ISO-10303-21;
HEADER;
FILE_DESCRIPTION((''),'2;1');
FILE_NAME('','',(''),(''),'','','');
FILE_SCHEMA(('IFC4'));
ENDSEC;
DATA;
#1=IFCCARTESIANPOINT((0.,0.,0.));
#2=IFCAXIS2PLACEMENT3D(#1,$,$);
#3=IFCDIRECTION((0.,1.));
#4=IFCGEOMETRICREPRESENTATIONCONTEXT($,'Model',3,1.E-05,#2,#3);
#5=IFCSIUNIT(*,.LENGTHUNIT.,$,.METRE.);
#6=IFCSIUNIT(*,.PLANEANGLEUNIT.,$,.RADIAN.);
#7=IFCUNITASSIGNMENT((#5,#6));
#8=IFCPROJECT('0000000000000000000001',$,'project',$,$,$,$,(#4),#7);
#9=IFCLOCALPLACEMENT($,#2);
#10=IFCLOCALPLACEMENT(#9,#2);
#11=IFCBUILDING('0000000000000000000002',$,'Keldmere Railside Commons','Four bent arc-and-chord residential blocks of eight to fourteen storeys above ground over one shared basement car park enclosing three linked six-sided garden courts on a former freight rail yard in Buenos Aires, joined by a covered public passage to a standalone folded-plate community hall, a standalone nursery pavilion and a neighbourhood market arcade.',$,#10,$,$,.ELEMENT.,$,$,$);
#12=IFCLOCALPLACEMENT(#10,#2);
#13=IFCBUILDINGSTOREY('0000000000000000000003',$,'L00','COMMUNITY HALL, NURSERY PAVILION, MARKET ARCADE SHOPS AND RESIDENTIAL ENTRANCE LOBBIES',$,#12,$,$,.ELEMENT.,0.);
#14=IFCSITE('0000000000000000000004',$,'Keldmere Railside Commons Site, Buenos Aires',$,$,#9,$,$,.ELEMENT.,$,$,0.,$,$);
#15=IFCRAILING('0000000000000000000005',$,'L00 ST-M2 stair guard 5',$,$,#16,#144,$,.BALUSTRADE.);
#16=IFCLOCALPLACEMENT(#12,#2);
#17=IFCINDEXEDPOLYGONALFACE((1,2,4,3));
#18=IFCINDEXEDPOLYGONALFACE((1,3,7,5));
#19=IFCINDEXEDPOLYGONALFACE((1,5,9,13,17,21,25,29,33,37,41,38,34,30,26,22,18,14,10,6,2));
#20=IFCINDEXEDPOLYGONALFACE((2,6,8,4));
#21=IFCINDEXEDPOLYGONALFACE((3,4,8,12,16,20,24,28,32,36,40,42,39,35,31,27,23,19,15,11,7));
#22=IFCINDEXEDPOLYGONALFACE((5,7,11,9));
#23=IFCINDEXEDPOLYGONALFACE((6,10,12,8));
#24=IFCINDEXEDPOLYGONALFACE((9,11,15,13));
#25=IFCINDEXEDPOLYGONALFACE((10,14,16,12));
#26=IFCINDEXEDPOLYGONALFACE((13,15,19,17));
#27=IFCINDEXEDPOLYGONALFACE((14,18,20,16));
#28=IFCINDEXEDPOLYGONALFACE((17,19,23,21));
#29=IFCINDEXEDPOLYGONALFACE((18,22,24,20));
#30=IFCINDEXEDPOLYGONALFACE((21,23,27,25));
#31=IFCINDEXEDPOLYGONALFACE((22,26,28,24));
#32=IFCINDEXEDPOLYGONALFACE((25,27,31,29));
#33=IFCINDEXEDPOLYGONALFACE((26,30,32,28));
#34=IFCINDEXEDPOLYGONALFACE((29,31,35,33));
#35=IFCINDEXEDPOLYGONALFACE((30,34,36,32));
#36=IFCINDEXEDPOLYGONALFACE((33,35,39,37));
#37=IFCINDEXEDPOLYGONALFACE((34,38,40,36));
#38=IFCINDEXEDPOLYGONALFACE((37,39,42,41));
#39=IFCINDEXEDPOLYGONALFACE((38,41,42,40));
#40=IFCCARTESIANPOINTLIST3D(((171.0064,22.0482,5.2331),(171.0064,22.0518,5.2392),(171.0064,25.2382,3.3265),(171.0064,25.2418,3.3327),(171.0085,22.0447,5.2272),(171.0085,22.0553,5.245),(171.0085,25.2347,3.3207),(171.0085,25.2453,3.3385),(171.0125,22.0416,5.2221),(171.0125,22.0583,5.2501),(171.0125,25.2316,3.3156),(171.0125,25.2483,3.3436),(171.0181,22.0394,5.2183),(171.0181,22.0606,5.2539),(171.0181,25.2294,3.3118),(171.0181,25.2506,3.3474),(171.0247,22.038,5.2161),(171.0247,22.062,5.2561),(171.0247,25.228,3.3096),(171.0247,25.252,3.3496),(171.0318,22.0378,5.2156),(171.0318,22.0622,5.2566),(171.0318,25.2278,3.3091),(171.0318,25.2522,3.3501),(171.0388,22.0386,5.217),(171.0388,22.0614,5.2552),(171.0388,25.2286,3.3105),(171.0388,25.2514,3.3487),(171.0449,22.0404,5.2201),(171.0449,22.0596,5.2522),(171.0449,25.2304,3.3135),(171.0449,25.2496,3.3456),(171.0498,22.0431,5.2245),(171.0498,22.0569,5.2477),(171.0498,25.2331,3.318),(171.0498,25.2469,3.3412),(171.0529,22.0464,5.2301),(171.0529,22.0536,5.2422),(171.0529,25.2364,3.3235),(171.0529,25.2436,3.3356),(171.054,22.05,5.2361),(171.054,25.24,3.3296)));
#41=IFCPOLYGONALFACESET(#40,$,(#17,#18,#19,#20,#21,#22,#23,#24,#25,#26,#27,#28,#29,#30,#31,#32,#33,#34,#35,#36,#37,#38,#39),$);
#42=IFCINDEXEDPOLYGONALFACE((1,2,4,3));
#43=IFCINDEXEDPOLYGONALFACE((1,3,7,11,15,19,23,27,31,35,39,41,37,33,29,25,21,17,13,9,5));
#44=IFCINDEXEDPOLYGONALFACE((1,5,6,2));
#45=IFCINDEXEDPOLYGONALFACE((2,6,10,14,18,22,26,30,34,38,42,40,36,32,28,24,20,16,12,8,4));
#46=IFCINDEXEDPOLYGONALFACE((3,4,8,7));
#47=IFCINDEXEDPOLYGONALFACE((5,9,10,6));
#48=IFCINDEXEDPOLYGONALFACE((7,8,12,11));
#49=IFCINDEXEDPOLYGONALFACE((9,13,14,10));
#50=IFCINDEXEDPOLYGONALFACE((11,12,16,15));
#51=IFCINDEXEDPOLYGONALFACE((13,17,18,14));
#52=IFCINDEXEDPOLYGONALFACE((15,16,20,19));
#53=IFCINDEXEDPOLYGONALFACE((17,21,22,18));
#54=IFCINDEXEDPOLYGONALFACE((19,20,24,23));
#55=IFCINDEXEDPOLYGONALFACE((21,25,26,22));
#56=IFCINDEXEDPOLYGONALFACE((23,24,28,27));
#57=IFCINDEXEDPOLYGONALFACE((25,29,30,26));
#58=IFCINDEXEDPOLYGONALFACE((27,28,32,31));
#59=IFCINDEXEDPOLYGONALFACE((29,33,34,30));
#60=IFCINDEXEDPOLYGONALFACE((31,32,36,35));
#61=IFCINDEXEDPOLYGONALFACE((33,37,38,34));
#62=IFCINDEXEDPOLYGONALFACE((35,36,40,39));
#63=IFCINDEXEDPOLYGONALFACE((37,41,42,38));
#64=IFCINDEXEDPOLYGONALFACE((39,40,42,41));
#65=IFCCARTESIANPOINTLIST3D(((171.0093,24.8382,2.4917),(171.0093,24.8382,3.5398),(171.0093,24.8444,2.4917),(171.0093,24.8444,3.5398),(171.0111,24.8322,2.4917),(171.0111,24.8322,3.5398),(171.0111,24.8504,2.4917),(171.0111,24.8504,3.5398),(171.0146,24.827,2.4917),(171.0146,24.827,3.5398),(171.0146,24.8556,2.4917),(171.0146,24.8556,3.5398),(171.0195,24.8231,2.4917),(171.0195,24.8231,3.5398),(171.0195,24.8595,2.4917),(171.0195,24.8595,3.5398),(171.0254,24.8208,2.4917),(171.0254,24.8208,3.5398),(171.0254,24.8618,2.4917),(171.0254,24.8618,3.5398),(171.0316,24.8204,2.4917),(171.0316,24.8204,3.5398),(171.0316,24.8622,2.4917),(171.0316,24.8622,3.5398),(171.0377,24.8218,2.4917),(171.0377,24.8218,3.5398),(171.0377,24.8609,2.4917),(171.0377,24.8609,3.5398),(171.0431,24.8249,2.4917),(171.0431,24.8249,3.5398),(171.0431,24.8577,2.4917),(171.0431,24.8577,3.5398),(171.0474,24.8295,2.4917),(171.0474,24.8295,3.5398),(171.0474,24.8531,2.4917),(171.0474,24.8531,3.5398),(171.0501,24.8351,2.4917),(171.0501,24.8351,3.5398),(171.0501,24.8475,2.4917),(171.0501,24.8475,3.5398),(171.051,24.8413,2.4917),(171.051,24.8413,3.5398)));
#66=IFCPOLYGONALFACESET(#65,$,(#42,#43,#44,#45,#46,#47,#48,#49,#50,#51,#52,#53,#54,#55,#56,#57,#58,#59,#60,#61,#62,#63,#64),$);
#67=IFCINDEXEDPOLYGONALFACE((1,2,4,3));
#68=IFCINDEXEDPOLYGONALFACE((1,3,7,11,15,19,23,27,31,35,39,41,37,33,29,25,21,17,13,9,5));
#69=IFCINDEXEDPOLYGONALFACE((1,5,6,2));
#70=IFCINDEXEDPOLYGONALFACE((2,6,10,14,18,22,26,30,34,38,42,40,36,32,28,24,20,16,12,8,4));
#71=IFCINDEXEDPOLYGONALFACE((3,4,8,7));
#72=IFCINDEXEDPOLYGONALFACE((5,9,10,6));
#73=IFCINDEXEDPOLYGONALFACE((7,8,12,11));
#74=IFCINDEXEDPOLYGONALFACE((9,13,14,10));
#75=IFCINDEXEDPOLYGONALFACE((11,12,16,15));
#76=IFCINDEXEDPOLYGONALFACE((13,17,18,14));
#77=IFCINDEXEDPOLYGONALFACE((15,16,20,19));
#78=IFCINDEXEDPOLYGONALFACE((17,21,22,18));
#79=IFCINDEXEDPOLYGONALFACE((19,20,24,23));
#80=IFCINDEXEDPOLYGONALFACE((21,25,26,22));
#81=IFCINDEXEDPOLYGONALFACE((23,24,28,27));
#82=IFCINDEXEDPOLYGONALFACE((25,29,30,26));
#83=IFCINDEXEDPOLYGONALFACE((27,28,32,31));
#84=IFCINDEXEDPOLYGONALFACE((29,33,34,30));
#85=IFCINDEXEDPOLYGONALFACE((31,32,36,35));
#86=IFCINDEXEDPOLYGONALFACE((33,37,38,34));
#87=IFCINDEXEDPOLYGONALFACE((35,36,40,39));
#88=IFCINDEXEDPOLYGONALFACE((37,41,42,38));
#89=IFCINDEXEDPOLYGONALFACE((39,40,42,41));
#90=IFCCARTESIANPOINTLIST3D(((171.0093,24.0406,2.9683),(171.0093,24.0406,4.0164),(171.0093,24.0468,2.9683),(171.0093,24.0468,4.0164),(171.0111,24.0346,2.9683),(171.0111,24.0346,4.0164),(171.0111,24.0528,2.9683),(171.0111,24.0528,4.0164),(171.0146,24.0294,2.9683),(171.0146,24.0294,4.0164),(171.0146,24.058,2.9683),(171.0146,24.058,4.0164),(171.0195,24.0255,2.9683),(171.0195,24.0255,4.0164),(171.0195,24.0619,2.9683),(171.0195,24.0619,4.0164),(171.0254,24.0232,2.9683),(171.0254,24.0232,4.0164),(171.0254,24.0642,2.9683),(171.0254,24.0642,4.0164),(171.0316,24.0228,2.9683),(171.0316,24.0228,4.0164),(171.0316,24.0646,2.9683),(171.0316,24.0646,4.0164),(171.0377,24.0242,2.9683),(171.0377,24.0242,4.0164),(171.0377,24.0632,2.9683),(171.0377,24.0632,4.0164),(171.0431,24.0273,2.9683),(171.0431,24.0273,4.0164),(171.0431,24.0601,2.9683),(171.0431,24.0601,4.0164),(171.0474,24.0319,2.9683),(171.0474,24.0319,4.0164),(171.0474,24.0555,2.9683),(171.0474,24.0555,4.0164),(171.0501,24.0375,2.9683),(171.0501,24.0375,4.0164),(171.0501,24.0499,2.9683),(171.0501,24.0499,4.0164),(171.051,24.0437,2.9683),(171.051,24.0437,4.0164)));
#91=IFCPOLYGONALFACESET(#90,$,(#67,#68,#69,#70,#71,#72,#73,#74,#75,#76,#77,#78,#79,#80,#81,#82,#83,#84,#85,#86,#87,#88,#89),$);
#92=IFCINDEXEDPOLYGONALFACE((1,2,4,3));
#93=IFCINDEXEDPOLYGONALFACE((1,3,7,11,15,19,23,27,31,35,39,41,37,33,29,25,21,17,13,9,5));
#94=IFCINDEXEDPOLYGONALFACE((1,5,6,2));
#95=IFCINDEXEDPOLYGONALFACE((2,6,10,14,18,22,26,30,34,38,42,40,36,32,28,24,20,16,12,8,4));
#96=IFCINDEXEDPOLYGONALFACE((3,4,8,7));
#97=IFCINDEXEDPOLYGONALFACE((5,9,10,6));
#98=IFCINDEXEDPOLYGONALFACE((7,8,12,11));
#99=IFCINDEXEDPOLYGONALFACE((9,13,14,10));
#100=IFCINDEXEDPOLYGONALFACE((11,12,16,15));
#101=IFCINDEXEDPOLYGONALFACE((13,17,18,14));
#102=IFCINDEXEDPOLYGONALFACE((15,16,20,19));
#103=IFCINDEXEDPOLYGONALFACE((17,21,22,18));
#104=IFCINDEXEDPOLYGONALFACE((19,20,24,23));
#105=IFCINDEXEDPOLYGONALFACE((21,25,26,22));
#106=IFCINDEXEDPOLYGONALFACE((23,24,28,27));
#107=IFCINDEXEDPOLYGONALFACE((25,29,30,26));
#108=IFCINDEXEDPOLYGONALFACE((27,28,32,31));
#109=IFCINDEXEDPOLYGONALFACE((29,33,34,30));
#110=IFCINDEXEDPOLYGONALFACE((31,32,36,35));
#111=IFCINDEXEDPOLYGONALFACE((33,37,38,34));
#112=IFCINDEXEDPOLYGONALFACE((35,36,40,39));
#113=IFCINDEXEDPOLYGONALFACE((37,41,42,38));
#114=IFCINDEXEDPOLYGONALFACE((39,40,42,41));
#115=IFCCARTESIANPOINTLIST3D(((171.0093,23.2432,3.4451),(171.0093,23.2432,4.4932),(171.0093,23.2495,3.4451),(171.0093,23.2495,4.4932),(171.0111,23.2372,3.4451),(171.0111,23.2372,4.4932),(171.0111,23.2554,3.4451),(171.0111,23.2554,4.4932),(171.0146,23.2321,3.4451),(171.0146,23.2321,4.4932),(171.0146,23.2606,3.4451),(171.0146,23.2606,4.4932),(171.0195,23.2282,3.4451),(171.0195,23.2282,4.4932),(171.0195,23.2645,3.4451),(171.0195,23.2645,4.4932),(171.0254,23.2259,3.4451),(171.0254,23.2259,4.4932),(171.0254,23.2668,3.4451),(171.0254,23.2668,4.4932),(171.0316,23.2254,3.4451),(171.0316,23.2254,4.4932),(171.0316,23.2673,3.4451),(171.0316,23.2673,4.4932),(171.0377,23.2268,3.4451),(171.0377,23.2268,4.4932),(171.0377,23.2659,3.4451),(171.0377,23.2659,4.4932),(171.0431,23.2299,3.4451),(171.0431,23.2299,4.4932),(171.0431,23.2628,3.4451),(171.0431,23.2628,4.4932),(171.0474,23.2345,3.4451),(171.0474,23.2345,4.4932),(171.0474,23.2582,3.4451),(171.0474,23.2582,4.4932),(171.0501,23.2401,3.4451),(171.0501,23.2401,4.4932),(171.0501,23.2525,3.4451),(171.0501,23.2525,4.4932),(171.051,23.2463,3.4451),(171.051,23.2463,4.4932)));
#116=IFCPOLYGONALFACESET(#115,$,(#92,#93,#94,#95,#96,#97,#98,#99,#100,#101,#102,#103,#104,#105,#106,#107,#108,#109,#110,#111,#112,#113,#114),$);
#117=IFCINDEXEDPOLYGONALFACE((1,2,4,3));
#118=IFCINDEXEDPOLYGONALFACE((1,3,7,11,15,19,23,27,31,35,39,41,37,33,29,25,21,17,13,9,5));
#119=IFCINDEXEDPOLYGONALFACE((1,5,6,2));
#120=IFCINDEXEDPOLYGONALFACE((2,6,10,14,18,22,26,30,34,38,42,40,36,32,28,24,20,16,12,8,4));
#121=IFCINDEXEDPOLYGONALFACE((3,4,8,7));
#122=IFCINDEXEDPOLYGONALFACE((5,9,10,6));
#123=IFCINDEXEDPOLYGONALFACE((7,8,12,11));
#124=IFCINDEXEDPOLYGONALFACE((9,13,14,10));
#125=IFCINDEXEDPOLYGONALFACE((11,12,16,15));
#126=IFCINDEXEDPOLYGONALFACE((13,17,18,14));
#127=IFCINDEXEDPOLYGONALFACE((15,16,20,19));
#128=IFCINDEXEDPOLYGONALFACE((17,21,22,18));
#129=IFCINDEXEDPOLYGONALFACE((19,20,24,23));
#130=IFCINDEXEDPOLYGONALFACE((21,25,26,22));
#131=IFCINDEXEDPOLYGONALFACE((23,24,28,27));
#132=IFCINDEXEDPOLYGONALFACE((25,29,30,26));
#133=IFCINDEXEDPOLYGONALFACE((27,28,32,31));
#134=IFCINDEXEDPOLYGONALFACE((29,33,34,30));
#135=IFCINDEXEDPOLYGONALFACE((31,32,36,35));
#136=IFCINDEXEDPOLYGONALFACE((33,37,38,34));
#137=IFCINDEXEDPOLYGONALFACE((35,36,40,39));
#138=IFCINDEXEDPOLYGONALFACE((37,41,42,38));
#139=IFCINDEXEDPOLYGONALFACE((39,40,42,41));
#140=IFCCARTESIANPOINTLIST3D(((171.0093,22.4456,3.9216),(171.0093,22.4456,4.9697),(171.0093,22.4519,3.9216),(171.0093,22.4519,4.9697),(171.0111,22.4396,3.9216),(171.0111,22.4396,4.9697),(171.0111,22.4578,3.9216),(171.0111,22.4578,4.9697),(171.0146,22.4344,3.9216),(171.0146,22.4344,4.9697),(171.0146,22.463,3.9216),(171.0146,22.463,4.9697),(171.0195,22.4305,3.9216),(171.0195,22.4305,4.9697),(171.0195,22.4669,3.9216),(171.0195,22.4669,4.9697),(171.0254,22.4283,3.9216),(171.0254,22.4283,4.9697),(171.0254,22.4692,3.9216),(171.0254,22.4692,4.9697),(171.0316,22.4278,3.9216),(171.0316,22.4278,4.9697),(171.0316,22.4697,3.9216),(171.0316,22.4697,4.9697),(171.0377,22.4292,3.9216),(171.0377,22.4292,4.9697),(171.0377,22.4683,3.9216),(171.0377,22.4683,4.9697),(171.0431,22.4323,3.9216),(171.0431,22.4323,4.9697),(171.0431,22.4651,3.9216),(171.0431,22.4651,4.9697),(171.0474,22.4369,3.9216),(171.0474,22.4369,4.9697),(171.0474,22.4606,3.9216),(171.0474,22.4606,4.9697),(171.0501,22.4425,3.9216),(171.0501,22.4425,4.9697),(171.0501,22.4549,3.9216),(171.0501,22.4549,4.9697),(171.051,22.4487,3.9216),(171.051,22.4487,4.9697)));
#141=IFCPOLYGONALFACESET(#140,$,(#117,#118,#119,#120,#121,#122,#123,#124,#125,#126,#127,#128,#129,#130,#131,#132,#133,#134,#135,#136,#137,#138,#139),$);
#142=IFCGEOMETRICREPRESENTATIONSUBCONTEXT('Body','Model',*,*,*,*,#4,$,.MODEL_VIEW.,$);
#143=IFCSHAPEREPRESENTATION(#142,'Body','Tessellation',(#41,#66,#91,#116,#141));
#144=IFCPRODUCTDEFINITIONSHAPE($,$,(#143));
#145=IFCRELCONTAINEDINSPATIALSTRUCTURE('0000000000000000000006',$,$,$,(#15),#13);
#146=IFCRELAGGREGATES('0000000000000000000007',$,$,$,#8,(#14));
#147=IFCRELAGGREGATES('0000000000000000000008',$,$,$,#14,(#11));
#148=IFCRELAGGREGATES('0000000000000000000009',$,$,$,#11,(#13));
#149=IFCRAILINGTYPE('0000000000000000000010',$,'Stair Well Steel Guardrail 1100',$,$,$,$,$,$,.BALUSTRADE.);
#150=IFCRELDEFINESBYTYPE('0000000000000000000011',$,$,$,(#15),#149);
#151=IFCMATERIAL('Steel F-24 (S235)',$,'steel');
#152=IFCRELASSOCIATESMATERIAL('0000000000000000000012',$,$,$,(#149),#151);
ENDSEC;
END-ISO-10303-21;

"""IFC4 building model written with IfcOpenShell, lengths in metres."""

from ifc_helpers import new_model, si_unit, direction, frame, origin, origin_2d, place, context, subcontext, project, spatial, circle, extrude, material, type_object, element, save


model = new_model("IFC4")

# Units and contexts
model_context = context("Model", 3, precision=1e-05, world=origin(), true_north=direction((0.0, 1.0)))
body_context = subcontext(model_context, "Body", "Model", "MODEL_VIEW")
ifc_project = project(units=[si_unit("LENGTHUNIT", "METRE"), si_unit("PLANEANGLEUNIT", "RADIAN")], contexts=[model_context])

# Site, building, storey
site_placement = place(None, origin())
site = spatial("IfcSite", under=ifc_project, at=site_placement, Name="Keldmere Railside Commons Site, Buenos Aires", CompositionType="ELEMENT", RefElevation=0.0)
building_placement = place(site_placement, origin())
building = spatial("IfcBuilding", under=site, at=building_placement, Name="Keldmere Railside Commons", Description="Four bent arc-and-chord residential blocks of eight to fourteen storeys above ground over one shared basement car park enclosing three linked six-sided garden courts on a former freight rail yard in Buenos Aires, joined by a covered public passage to a standalone folded-plate community hall, a standalone nursery pavilion and a neighbourhood market arcade.", CompositionType="ELEMENT")
storey_placement = place(building_placement, origin())
storey = spatial("IfcBuildingStorey", under=building, at=storey_placement, Name="L00", Description="COMMUNITY HALL, NURSERY PAVILION, MARKET ARCADE SHOPS AND RESIDENTIAL ENTRANCE LOBBIES", CompositionType="ELEMENT", Elevation=0.0)

# Shared definitions
ifc_material_1 = material(Name="Steel F-24 (S235)", Category="steel")

# Railing
railing_type = type_object("IfcRailingType", Name="Stair Well Steel Guardrail 1100", PredefinedType="BALUSTRADE", material=ifc_material_1)
railing_1_placement = place(storey_placement, frame((171.03, 25.24, 2.2534)))
element("IfcRailing", 1, at=railing_1_placement, inside=storey, type_object=railing_type, Name="L00 ST-M2 stair guard 5", PredefinedType="BALUSTRADE", context=body_context, shape_type="SweptSolid", body=[
    extrude(circle(Radius=0.0239, at=origin_2d()), frame((0.0, 0.0, 1.0762), z_axis=(0.0, -0.858379, 0.513017), x_axis=(1.0, 0.0, 0.0)), (0.0, 0.0, 1.0), 3.7163),
    extrude(circle(Radius=0.021, at=origin_2d()), frame((0.0, -0.3987, 0.2383)), (0.0, 0.0, 1.0), 1.0481),
    extrude(circle(Radius=0.021, at=origin_2d()), frame((0.0, -1.1963, 0.7148)), (0.0, 0.0, 1.0), 1.0481),
    extrude(circle(Radius=0.021, at=origin_2d()), frame((0.0, -1.9937, 1.1917)), (0.0, 0.0, 1.0), 1.0481),
    extrude(circle(Radius=0.021, at=origin_2d()), frame((0.0, -2.7913, 1.6682)), (0.0, 0.0, 1.0), 1.0481),
])

save(model, "model.ifc")
